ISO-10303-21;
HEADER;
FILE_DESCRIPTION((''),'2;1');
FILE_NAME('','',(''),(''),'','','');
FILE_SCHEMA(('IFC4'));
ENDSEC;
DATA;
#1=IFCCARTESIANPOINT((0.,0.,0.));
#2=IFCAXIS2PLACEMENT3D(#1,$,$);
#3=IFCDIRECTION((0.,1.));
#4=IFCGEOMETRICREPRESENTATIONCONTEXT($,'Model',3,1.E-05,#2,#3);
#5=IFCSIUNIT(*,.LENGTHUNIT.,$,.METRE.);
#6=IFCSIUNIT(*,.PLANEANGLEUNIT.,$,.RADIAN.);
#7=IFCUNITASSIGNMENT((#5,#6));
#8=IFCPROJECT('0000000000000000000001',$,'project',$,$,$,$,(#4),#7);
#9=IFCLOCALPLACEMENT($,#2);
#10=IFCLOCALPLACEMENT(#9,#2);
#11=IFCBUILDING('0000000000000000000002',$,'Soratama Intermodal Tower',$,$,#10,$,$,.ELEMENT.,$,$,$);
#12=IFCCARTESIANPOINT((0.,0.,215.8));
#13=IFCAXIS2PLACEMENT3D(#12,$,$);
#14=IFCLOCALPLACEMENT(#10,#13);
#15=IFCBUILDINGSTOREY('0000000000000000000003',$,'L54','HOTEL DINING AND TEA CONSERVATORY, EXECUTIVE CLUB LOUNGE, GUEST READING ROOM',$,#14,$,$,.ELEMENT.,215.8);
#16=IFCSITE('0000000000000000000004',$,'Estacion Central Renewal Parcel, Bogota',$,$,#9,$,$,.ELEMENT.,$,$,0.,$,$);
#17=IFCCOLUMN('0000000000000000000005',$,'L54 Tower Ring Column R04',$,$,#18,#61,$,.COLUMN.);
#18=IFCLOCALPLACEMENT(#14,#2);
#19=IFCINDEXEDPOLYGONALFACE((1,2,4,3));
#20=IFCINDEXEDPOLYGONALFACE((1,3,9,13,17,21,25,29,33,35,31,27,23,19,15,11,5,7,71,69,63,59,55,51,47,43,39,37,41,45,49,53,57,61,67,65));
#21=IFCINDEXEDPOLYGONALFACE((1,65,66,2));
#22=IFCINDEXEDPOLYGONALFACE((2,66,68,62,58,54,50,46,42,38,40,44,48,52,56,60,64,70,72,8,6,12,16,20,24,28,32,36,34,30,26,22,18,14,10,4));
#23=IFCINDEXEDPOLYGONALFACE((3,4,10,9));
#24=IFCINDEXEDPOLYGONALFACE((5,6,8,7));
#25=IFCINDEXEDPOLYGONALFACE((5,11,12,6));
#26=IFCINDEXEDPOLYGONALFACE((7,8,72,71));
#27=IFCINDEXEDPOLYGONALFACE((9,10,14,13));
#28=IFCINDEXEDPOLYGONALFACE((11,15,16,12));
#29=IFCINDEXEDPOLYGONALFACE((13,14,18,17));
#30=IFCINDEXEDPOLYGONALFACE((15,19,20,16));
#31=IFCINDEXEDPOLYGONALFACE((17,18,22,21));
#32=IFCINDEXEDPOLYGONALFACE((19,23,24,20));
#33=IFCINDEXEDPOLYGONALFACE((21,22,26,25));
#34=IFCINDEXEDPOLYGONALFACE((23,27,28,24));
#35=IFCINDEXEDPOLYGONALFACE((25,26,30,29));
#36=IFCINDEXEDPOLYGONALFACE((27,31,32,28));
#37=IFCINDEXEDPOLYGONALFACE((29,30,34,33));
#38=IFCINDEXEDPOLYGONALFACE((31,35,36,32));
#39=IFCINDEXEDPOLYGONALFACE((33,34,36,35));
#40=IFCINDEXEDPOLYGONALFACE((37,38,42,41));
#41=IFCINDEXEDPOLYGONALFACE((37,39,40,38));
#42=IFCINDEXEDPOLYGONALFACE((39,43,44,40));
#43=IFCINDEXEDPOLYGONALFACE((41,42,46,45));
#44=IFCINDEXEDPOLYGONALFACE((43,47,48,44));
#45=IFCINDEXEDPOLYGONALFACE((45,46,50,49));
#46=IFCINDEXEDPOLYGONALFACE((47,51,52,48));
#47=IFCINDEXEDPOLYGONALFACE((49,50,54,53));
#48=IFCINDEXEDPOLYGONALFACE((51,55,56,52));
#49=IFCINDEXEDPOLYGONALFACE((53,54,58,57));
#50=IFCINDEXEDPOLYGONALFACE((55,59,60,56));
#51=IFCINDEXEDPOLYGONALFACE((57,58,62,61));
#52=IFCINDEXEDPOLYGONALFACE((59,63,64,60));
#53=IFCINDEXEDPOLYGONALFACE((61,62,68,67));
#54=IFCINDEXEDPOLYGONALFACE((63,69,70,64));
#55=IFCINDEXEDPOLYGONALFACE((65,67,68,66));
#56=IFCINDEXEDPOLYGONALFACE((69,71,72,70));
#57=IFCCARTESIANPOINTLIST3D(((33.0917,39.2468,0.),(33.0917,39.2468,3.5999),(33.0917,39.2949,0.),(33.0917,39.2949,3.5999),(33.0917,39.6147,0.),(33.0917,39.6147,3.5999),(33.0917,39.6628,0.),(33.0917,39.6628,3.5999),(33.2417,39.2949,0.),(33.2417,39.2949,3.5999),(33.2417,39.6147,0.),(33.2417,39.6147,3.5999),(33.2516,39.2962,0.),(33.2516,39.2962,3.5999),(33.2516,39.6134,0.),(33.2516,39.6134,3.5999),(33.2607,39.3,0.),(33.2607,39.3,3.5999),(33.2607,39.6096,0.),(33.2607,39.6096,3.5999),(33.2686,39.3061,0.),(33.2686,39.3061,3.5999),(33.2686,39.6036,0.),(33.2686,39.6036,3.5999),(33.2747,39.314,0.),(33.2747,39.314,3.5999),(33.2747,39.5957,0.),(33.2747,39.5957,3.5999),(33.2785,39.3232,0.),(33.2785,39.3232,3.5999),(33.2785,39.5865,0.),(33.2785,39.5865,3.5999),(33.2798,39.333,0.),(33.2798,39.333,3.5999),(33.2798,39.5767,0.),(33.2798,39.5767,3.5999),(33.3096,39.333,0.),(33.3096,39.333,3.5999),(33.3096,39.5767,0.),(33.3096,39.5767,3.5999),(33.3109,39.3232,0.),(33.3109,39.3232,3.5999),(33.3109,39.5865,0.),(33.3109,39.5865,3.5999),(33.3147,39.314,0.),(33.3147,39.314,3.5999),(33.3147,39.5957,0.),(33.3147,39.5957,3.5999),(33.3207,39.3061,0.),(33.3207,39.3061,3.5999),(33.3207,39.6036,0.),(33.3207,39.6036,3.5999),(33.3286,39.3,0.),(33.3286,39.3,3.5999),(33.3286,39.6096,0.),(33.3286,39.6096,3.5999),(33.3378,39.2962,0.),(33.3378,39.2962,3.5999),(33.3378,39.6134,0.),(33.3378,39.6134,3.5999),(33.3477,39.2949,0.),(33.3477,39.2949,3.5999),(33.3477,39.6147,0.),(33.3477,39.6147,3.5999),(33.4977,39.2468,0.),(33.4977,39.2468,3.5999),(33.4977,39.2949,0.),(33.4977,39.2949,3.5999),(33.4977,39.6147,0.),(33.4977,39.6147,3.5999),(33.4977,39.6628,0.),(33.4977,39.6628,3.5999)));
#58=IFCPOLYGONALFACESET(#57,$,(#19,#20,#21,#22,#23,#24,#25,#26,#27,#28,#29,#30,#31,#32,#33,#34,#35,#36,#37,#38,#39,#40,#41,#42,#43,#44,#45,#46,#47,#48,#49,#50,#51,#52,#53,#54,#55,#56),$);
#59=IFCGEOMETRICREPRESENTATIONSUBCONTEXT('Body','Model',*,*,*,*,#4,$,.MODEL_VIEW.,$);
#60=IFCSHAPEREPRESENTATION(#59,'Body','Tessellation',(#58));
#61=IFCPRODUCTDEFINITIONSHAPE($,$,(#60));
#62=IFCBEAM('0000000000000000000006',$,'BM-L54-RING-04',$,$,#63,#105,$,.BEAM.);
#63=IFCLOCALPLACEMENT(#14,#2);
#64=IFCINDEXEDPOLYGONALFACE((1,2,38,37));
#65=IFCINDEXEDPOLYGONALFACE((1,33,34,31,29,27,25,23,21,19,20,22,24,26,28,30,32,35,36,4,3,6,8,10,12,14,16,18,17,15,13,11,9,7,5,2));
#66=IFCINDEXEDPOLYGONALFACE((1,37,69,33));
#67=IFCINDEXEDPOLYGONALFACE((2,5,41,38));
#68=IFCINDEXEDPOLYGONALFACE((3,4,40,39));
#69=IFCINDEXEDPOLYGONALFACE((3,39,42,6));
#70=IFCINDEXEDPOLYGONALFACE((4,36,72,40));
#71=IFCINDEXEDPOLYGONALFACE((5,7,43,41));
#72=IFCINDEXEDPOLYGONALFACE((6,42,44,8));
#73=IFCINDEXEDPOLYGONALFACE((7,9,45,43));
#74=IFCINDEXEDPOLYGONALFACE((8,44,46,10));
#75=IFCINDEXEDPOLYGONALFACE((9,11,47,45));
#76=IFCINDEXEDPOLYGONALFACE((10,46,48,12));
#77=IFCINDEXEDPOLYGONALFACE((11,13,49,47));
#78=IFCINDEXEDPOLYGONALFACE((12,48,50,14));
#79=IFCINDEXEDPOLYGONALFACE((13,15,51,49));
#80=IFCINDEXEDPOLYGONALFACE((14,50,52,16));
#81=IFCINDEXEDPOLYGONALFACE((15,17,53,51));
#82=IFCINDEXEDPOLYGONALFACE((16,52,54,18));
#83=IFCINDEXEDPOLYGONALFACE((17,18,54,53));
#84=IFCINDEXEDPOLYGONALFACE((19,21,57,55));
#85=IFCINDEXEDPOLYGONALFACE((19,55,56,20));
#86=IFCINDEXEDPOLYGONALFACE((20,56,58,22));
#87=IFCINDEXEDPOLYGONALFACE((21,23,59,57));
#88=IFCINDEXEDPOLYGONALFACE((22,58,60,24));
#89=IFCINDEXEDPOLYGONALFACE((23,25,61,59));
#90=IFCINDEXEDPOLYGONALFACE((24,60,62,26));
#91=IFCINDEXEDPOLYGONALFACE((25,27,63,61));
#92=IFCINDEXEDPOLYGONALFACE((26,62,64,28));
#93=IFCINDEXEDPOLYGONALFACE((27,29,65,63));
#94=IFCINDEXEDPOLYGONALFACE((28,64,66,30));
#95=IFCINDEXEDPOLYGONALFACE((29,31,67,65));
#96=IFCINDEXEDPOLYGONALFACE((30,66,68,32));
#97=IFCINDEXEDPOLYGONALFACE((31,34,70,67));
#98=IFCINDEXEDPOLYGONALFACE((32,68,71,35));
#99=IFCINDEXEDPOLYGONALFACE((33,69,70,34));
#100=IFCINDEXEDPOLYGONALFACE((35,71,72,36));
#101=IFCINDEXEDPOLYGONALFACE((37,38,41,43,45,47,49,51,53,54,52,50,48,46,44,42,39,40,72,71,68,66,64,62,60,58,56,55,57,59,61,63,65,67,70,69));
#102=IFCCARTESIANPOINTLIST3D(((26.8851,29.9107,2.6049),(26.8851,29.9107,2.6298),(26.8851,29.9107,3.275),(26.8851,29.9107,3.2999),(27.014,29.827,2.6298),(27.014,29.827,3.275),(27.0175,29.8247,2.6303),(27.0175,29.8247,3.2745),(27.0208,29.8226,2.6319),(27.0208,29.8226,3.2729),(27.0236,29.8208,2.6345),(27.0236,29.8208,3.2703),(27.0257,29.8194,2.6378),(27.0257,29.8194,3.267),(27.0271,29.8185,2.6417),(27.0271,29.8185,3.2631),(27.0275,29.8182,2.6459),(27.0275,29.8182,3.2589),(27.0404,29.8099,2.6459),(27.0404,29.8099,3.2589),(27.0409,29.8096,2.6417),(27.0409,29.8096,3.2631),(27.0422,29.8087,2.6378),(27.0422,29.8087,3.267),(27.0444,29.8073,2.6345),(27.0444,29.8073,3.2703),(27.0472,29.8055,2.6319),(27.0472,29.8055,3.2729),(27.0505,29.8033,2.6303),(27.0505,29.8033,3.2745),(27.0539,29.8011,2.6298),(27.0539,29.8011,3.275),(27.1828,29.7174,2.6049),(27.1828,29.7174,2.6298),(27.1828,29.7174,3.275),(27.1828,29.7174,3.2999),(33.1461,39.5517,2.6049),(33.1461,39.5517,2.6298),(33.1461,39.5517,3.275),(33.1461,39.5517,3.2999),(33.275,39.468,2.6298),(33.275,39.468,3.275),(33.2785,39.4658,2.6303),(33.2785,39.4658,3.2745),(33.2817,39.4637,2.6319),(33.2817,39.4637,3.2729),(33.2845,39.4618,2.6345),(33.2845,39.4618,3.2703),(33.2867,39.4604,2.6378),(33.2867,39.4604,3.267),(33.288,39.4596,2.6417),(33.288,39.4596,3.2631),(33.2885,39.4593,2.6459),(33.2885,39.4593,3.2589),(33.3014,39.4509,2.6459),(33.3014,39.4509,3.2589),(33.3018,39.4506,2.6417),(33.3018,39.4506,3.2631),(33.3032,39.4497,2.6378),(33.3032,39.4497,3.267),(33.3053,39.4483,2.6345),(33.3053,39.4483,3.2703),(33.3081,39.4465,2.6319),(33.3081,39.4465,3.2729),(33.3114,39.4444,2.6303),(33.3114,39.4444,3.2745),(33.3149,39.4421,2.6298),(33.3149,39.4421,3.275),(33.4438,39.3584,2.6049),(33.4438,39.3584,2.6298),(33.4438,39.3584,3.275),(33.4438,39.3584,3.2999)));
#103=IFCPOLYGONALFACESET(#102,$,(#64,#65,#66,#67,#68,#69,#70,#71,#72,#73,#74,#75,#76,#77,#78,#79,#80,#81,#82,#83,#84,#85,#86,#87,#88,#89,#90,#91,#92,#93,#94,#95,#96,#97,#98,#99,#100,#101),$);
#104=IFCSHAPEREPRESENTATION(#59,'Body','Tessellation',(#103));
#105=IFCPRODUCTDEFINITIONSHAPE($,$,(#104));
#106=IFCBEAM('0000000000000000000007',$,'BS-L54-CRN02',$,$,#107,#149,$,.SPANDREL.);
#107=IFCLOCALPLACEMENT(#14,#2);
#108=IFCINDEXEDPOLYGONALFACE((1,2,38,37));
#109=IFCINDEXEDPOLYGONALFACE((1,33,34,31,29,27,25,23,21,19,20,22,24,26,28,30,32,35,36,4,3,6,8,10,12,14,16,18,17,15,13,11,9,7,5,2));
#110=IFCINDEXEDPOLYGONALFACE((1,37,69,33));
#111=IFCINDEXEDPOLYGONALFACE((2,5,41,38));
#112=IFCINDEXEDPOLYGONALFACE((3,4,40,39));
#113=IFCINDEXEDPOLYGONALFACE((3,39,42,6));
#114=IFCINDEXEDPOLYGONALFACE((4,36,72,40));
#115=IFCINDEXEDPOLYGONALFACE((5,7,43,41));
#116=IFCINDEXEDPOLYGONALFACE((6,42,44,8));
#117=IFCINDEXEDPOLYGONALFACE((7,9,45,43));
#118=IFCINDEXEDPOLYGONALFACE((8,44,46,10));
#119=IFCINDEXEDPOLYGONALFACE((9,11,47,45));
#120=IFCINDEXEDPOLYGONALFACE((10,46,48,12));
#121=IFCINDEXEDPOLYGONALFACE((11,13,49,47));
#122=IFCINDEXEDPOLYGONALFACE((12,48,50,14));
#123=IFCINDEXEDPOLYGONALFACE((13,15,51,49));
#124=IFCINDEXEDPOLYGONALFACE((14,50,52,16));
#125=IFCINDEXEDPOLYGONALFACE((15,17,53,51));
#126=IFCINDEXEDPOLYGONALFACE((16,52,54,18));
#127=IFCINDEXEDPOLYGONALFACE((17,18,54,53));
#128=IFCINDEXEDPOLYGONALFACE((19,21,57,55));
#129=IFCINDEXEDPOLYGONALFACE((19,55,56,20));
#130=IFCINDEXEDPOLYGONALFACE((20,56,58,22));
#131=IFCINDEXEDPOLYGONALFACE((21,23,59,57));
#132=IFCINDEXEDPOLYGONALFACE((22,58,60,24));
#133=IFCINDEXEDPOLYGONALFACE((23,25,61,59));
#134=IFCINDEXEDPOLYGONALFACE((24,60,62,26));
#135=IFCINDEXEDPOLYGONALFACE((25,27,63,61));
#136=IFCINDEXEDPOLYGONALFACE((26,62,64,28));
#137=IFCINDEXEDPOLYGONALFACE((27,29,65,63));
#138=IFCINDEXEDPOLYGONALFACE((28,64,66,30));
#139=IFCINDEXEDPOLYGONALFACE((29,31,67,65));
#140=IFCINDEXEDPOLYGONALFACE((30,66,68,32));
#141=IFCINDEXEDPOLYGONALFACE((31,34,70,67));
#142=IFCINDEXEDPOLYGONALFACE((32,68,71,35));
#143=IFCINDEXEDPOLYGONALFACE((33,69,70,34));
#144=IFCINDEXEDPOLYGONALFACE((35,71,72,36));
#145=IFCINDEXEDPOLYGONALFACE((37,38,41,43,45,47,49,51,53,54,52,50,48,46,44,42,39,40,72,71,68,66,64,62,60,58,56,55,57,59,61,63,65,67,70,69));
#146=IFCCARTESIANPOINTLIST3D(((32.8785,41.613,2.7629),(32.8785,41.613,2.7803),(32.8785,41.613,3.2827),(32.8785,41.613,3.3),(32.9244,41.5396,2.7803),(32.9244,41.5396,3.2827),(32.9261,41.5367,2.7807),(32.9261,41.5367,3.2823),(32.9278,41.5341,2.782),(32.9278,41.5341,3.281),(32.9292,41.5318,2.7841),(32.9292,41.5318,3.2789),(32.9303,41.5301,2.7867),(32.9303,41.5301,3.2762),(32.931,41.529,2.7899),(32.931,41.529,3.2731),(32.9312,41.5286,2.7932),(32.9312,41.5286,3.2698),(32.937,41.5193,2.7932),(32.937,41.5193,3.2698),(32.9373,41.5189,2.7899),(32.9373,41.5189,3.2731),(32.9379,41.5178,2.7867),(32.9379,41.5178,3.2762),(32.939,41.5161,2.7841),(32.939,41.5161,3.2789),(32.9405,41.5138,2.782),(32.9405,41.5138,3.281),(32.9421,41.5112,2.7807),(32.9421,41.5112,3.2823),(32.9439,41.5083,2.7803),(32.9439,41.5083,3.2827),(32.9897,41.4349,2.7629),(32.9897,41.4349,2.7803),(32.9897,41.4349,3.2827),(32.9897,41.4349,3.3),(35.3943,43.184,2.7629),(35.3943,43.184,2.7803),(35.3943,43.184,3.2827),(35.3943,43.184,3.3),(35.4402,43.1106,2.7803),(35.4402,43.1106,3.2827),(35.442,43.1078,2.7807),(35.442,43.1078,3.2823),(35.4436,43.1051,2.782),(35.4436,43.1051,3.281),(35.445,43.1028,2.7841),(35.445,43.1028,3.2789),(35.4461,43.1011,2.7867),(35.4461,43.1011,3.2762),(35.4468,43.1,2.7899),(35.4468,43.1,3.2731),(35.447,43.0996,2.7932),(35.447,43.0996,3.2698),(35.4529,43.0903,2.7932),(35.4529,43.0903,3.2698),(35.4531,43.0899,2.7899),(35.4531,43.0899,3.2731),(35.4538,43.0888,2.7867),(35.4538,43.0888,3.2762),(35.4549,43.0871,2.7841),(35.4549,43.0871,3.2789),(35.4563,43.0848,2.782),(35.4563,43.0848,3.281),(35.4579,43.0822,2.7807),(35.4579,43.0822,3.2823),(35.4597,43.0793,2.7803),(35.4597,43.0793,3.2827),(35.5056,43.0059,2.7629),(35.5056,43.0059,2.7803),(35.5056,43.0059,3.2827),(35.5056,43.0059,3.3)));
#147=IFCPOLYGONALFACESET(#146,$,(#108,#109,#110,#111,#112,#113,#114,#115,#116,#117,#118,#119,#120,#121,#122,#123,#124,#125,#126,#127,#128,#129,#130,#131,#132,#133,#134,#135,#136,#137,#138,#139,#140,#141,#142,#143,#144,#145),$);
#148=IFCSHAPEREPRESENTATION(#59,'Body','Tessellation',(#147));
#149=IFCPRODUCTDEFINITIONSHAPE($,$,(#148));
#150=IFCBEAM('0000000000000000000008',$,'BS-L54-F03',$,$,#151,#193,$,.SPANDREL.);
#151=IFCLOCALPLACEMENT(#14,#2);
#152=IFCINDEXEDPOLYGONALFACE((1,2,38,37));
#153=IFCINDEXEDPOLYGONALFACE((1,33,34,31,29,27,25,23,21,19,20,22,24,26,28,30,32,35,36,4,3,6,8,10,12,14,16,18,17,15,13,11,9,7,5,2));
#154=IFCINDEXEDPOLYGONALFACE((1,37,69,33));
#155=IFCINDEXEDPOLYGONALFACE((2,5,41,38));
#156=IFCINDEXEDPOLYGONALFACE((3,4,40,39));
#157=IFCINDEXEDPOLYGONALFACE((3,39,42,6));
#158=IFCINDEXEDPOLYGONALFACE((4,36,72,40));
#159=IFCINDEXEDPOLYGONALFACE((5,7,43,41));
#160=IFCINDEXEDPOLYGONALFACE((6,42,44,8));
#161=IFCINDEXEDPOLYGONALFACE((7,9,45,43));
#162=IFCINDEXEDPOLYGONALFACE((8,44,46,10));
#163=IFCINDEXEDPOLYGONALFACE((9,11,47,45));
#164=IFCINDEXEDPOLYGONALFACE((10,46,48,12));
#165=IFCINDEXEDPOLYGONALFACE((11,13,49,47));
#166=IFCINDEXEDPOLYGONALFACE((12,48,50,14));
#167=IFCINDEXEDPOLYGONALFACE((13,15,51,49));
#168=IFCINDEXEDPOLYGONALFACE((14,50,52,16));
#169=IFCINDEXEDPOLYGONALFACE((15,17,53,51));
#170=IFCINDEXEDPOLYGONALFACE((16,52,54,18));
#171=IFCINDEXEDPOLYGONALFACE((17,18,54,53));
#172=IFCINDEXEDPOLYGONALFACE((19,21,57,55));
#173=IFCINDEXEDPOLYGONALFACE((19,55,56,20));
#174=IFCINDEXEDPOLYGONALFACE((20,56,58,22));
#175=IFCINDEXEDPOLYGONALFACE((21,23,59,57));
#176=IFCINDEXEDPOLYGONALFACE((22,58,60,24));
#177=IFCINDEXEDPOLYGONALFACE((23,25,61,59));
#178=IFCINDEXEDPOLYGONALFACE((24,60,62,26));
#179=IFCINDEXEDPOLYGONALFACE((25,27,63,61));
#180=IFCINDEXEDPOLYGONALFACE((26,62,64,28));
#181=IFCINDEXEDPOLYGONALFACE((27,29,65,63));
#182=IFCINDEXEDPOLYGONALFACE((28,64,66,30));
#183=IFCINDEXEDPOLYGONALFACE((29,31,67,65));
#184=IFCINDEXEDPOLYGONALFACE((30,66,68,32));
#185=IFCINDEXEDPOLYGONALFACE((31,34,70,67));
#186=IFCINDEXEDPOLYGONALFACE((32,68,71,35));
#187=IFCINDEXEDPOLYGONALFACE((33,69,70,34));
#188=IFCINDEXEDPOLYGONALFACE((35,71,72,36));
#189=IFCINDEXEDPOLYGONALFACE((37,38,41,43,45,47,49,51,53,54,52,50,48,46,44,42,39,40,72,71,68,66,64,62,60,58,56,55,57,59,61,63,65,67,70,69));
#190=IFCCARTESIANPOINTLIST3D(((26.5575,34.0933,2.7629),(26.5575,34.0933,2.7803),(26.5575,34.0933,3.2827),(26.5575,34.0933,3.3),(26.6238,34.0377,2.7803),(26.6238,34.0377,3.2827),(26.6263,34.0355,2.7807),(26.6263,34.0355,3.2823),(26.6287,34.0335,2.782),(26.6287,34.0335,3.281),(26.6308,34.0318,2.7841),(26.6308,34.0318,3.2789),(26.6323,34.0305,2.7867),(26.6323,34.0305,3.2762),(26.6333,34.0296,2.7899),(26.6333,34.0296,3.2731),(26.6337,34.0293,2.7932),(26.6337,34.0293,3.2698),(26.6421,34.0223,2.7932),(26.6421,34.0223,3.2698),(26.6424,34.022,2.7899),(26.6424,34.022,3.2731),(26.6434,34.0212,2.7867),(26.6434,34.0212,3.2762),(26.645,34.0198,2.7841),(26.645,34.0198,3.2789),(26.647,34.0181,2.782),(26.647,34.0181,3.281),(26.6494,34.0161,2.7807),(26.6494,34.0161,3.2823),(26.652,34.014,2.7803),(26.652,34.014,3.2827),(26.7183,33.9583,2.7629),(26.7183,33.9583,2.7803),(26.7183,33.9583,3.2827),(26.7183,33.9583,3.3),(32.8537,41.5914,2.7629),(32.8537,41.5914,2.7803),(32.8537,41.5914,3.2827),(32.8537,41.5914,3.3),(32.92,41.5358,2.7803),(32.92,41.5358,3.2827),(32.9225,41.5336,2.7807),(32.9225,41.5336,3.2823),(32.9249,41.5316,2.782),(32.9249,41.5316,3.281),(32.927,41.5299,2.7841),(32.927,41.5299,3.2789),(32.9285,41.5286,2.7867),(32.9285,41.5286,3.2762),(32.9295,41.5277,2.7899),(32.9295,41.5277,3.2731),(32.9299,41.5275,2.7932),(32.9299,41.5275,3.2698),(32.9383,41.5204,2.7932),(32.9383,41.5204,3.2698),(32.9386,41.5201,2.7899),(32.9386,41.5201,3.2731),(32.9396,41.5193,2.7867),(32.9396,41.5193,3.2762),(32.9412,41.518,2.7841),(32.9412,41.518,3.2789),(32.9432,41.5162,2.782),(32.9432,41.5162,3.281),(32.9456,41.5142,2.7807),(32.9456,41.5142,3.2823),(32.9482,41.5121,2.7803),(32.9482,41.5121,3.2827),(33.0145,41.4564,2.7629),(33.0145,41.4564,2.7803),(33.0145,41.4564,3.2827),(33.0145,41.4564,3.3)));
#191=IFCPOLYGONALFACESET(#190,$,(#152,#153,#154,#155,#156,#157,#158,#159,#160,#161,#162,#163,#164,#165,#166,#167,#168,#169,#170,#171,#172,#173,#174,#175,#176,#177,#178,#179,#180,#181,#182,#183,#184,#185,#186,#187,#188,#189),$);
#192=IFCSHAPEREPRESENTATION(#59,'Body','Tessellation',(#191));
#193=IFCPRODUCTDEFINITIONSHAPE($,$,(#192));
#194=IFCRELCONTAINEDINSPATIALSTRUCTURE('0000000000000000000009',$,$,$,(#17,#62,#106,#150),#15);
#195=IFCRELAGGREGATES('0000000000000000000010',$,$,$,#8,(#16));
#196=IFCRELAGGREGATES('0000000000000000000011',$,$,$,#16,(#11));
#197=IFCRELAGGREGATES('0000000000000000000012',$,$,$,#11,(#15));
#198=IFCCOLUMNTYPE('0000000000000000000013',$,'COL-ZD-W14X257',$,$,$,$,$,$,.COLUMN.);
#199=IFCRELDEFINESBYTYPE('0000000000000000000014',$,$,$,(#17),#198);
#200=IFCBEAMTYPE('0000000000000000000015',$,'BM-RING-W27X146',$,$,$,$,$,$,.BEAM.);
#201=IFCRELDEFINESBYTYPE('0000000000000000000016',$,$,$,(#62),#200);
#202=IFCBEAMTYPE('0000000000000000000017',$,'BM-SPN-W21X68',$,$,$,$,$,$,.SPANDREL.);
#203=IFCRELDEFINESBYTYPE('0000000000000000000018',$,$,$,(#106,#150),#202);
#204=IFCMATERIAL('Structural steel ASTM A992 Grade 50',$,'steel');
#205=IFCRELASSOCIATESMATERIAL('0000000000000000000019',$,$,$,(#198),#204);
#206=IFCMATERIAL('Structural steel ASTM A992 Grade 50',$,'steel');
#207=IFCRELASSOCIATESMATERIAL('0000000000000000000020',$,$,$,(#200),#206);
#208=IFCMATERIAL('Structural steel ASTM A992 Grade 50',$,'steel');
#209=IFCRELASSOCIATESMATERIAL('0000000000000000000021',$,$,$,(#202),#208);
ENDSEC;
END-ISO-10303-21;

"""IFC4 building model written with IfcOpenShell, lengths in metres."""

from ifc_helpers import new_model, si_unit, direction, frame, origin, origin_2d, place, context, subcontext, project, spatial, i_section, extrude, material, material_profile, profile_set, type_object, element, save


model = new_model("IFC4")

# Units and contexts
model_context = context("Model", 3, precision=1e-05, world=origin(), true_north=direction((0.0, 1.0)))
body_context = subcontext(model_context, "Body", "Model", "MODEL_VIEW")
ifc_project = project(units=[si_unit("LENGTHUNIT", "METRE"), si_unit("PLANEANGLEUNIT", "RADIAN")], contexts=[model_context])

# Site, building, storey
site_placement = place(None, origin())
site = spatial("IfcSite", under=ifc_project, at=site_placement, Name="Estacion Central Renewal Parcel, Bogota", CompositionType="ELEMENT", RefElevation=0.0)
building_placement = place(site_placement, origin())
building = spatial("IfcBuilding", under=site, at=building_placement, Name="Soratama Intermodal Tower", CompositionType="ELEMENT")
storey_placement = place(building_placement, frame((0.0, 0.0, 215.8)))
storey = spatial("IfcBuildingStorey", under=building, at=storey_placement, Name="L54", Description="HOTEL DINING AND TEA CONSERVATORY, EXECUTIVE CLUB LOUNGE, GUEST READING ROOM", CompositionType="ELEMENT", Elevation=215.8)

# Column
ifc_material_1 = material(Name="Structural steel ASTM A992 Grade 50", Category="steel")
ifc_material_profile_1 = material_profile(ifc_material_1, i_section(OverallWidth=0.406, OverallDepth=0.416, WebThickness=0.0298, FlangeThickness=0.0481, FilletRadius=0.0381, at=origin_2d()), Name="W14X257")
ifc_profile_set_1 = profile_set([ifc_material_profile_1], Name="Structural steel ASTM A992 Grade 50")
column_type = type_object("IfcColumnType", Name="COL-ZD-W14X257", PredefinedType="COLUMN", material=ifc_profile_set_1)
column_placement = place(storey_placement, frame((33.2947, 39.4548, 0.0), z_axis=(0.0, 0.0, 1.0), x_axis=(1.0, 0.0, 0.0)))
element("IfcColumn", 1, at=column_placement, inside=storey, type_object=column_type, Name="L54 Tower Ring Column R04", PredefinedType="COLUMN", context=body_context, shape_type="SweptSolid", body=[
    extrude(i_section(OverallWidth=0.406, OverallDepth=0.416, WebThickness=0.0298, FlangeThickness=0.0481, FilletRadius=0.0381, at=origin_2d()), origin(), (0.0, 0.0, 1.0), 3.5999),
])

# Beams
ifc_material_2 = material(Name="Structural steel ASTM A992 Grade 50", Category="steel")
ifc_material_profile_2 = material_profile(ifc_material_2, i_section(OverallWidth=0.355, OverallDepth=0.6951, WebThickness=0.0154, FlangeThickness=0.0249, FilletRadius=0.0161, at=origin_2d()), Name="W27X146")
ifc_profile_set_2 = profile_set([ifc_material_profile_2], Name="Structural steel ASTM A992 Grade 50")
beam_type_1 = type_object("IfcBeamType", Name="BM-RING-W27X146", PredefinedType="BEAM", material=ifc_profile_set_2)
beam_1_placement = place(storey_placement, frame((33.2949, 39.4551, 2.9524), z_axis=(-0.544637, -0.838672, 0.0), x_axis=(0.838672, -0.544637, 0.0)))
element("IfcBeam", 2, at=beam_1_placement, inside=storey, type_object=beam_type_1, Name="BM-L54-RING-04", PredefinedType="BEAM", context=body_context, shape_type="SweptSolid", body=[
    extrude(i_section(OverallWidth=0.355, OverallDepth=0.6951, WebThickness=0.0154, FlangeThickness=0.0249, FilletRadius=0.0161, at=origin_2d()), origin(), (0.0, 0.0, 1.0), 11.4956),
])
ifc_material_3 = material(Name="Structural steel ASTM A992 Grade 50", Category="steel")
ifc_material_profile_3 = material_profile(ifc_material_3, i_section(OverallWidth=0.21, OverallDepth=0.5371, WebThickness=0.011, FlangeThickness=0.0173, FilletRadius=0.0129, at=origin_2d()), Name="W21X68")
ifc_profile_set_3 = profile_set([ifc_material_profile_3], Name="Structural steel ASTM A992 Grade 50")
beam_type_2 = type_object("IfcBeamType", Name="BM-SPN-W21X68", PredefinedType="SPANDREL", material=ifc_profile_set_3)
beam_2_placement = place(storey_placement, frame((35.45, 43.095, 3.0315), z_axis=(-0.848206, -0.529666, 0.0), x_axis=(0.529666, -0.848206, 0.0)))
element("IfcBeam", 3, at=beam_2_placement, inside=storey, type_object=beam_type_2, Name="BS-L54-CRN02", PredefinedType="SPANDREL", context=body_context, shape_type="SweptSolid", body=[
    extrude(i_section(OverallWidth=0.21, OverallDepth=0.5371, WebThickness=0.011, FlangeThickness=0.0173, FilletRadius=0.0129, at=origin_2d()), origin(), (0.0, 0.0, 1.0), 2.9661),
])
beam_3_placement = place(storey_placement, frame((32.9341, 41.5239, 3.0315), z_axis=(-0.643059, -0.765816, 0.0), x_axis=(0.765816, -0.643059, 0.0)))
element("IfcBeam", 4, at=beam_3_placement, inside=storey, type_object=beam_type_2, Name="BS-L54-F03", PredefinedType="SPANDREL", context=body_context, shape_type="SweptSolid", body=[
    extrude(i_section(OverallWidth=0.21, OverallDepth=0.5371, WebThickness=0.011, FlangeThickness=0.0173, FilletRadius=0.0129, at=origin_2d()), origin(), (0.0, 0.0, 1.0), 9.791),
])

save(model, "model.ifc")
